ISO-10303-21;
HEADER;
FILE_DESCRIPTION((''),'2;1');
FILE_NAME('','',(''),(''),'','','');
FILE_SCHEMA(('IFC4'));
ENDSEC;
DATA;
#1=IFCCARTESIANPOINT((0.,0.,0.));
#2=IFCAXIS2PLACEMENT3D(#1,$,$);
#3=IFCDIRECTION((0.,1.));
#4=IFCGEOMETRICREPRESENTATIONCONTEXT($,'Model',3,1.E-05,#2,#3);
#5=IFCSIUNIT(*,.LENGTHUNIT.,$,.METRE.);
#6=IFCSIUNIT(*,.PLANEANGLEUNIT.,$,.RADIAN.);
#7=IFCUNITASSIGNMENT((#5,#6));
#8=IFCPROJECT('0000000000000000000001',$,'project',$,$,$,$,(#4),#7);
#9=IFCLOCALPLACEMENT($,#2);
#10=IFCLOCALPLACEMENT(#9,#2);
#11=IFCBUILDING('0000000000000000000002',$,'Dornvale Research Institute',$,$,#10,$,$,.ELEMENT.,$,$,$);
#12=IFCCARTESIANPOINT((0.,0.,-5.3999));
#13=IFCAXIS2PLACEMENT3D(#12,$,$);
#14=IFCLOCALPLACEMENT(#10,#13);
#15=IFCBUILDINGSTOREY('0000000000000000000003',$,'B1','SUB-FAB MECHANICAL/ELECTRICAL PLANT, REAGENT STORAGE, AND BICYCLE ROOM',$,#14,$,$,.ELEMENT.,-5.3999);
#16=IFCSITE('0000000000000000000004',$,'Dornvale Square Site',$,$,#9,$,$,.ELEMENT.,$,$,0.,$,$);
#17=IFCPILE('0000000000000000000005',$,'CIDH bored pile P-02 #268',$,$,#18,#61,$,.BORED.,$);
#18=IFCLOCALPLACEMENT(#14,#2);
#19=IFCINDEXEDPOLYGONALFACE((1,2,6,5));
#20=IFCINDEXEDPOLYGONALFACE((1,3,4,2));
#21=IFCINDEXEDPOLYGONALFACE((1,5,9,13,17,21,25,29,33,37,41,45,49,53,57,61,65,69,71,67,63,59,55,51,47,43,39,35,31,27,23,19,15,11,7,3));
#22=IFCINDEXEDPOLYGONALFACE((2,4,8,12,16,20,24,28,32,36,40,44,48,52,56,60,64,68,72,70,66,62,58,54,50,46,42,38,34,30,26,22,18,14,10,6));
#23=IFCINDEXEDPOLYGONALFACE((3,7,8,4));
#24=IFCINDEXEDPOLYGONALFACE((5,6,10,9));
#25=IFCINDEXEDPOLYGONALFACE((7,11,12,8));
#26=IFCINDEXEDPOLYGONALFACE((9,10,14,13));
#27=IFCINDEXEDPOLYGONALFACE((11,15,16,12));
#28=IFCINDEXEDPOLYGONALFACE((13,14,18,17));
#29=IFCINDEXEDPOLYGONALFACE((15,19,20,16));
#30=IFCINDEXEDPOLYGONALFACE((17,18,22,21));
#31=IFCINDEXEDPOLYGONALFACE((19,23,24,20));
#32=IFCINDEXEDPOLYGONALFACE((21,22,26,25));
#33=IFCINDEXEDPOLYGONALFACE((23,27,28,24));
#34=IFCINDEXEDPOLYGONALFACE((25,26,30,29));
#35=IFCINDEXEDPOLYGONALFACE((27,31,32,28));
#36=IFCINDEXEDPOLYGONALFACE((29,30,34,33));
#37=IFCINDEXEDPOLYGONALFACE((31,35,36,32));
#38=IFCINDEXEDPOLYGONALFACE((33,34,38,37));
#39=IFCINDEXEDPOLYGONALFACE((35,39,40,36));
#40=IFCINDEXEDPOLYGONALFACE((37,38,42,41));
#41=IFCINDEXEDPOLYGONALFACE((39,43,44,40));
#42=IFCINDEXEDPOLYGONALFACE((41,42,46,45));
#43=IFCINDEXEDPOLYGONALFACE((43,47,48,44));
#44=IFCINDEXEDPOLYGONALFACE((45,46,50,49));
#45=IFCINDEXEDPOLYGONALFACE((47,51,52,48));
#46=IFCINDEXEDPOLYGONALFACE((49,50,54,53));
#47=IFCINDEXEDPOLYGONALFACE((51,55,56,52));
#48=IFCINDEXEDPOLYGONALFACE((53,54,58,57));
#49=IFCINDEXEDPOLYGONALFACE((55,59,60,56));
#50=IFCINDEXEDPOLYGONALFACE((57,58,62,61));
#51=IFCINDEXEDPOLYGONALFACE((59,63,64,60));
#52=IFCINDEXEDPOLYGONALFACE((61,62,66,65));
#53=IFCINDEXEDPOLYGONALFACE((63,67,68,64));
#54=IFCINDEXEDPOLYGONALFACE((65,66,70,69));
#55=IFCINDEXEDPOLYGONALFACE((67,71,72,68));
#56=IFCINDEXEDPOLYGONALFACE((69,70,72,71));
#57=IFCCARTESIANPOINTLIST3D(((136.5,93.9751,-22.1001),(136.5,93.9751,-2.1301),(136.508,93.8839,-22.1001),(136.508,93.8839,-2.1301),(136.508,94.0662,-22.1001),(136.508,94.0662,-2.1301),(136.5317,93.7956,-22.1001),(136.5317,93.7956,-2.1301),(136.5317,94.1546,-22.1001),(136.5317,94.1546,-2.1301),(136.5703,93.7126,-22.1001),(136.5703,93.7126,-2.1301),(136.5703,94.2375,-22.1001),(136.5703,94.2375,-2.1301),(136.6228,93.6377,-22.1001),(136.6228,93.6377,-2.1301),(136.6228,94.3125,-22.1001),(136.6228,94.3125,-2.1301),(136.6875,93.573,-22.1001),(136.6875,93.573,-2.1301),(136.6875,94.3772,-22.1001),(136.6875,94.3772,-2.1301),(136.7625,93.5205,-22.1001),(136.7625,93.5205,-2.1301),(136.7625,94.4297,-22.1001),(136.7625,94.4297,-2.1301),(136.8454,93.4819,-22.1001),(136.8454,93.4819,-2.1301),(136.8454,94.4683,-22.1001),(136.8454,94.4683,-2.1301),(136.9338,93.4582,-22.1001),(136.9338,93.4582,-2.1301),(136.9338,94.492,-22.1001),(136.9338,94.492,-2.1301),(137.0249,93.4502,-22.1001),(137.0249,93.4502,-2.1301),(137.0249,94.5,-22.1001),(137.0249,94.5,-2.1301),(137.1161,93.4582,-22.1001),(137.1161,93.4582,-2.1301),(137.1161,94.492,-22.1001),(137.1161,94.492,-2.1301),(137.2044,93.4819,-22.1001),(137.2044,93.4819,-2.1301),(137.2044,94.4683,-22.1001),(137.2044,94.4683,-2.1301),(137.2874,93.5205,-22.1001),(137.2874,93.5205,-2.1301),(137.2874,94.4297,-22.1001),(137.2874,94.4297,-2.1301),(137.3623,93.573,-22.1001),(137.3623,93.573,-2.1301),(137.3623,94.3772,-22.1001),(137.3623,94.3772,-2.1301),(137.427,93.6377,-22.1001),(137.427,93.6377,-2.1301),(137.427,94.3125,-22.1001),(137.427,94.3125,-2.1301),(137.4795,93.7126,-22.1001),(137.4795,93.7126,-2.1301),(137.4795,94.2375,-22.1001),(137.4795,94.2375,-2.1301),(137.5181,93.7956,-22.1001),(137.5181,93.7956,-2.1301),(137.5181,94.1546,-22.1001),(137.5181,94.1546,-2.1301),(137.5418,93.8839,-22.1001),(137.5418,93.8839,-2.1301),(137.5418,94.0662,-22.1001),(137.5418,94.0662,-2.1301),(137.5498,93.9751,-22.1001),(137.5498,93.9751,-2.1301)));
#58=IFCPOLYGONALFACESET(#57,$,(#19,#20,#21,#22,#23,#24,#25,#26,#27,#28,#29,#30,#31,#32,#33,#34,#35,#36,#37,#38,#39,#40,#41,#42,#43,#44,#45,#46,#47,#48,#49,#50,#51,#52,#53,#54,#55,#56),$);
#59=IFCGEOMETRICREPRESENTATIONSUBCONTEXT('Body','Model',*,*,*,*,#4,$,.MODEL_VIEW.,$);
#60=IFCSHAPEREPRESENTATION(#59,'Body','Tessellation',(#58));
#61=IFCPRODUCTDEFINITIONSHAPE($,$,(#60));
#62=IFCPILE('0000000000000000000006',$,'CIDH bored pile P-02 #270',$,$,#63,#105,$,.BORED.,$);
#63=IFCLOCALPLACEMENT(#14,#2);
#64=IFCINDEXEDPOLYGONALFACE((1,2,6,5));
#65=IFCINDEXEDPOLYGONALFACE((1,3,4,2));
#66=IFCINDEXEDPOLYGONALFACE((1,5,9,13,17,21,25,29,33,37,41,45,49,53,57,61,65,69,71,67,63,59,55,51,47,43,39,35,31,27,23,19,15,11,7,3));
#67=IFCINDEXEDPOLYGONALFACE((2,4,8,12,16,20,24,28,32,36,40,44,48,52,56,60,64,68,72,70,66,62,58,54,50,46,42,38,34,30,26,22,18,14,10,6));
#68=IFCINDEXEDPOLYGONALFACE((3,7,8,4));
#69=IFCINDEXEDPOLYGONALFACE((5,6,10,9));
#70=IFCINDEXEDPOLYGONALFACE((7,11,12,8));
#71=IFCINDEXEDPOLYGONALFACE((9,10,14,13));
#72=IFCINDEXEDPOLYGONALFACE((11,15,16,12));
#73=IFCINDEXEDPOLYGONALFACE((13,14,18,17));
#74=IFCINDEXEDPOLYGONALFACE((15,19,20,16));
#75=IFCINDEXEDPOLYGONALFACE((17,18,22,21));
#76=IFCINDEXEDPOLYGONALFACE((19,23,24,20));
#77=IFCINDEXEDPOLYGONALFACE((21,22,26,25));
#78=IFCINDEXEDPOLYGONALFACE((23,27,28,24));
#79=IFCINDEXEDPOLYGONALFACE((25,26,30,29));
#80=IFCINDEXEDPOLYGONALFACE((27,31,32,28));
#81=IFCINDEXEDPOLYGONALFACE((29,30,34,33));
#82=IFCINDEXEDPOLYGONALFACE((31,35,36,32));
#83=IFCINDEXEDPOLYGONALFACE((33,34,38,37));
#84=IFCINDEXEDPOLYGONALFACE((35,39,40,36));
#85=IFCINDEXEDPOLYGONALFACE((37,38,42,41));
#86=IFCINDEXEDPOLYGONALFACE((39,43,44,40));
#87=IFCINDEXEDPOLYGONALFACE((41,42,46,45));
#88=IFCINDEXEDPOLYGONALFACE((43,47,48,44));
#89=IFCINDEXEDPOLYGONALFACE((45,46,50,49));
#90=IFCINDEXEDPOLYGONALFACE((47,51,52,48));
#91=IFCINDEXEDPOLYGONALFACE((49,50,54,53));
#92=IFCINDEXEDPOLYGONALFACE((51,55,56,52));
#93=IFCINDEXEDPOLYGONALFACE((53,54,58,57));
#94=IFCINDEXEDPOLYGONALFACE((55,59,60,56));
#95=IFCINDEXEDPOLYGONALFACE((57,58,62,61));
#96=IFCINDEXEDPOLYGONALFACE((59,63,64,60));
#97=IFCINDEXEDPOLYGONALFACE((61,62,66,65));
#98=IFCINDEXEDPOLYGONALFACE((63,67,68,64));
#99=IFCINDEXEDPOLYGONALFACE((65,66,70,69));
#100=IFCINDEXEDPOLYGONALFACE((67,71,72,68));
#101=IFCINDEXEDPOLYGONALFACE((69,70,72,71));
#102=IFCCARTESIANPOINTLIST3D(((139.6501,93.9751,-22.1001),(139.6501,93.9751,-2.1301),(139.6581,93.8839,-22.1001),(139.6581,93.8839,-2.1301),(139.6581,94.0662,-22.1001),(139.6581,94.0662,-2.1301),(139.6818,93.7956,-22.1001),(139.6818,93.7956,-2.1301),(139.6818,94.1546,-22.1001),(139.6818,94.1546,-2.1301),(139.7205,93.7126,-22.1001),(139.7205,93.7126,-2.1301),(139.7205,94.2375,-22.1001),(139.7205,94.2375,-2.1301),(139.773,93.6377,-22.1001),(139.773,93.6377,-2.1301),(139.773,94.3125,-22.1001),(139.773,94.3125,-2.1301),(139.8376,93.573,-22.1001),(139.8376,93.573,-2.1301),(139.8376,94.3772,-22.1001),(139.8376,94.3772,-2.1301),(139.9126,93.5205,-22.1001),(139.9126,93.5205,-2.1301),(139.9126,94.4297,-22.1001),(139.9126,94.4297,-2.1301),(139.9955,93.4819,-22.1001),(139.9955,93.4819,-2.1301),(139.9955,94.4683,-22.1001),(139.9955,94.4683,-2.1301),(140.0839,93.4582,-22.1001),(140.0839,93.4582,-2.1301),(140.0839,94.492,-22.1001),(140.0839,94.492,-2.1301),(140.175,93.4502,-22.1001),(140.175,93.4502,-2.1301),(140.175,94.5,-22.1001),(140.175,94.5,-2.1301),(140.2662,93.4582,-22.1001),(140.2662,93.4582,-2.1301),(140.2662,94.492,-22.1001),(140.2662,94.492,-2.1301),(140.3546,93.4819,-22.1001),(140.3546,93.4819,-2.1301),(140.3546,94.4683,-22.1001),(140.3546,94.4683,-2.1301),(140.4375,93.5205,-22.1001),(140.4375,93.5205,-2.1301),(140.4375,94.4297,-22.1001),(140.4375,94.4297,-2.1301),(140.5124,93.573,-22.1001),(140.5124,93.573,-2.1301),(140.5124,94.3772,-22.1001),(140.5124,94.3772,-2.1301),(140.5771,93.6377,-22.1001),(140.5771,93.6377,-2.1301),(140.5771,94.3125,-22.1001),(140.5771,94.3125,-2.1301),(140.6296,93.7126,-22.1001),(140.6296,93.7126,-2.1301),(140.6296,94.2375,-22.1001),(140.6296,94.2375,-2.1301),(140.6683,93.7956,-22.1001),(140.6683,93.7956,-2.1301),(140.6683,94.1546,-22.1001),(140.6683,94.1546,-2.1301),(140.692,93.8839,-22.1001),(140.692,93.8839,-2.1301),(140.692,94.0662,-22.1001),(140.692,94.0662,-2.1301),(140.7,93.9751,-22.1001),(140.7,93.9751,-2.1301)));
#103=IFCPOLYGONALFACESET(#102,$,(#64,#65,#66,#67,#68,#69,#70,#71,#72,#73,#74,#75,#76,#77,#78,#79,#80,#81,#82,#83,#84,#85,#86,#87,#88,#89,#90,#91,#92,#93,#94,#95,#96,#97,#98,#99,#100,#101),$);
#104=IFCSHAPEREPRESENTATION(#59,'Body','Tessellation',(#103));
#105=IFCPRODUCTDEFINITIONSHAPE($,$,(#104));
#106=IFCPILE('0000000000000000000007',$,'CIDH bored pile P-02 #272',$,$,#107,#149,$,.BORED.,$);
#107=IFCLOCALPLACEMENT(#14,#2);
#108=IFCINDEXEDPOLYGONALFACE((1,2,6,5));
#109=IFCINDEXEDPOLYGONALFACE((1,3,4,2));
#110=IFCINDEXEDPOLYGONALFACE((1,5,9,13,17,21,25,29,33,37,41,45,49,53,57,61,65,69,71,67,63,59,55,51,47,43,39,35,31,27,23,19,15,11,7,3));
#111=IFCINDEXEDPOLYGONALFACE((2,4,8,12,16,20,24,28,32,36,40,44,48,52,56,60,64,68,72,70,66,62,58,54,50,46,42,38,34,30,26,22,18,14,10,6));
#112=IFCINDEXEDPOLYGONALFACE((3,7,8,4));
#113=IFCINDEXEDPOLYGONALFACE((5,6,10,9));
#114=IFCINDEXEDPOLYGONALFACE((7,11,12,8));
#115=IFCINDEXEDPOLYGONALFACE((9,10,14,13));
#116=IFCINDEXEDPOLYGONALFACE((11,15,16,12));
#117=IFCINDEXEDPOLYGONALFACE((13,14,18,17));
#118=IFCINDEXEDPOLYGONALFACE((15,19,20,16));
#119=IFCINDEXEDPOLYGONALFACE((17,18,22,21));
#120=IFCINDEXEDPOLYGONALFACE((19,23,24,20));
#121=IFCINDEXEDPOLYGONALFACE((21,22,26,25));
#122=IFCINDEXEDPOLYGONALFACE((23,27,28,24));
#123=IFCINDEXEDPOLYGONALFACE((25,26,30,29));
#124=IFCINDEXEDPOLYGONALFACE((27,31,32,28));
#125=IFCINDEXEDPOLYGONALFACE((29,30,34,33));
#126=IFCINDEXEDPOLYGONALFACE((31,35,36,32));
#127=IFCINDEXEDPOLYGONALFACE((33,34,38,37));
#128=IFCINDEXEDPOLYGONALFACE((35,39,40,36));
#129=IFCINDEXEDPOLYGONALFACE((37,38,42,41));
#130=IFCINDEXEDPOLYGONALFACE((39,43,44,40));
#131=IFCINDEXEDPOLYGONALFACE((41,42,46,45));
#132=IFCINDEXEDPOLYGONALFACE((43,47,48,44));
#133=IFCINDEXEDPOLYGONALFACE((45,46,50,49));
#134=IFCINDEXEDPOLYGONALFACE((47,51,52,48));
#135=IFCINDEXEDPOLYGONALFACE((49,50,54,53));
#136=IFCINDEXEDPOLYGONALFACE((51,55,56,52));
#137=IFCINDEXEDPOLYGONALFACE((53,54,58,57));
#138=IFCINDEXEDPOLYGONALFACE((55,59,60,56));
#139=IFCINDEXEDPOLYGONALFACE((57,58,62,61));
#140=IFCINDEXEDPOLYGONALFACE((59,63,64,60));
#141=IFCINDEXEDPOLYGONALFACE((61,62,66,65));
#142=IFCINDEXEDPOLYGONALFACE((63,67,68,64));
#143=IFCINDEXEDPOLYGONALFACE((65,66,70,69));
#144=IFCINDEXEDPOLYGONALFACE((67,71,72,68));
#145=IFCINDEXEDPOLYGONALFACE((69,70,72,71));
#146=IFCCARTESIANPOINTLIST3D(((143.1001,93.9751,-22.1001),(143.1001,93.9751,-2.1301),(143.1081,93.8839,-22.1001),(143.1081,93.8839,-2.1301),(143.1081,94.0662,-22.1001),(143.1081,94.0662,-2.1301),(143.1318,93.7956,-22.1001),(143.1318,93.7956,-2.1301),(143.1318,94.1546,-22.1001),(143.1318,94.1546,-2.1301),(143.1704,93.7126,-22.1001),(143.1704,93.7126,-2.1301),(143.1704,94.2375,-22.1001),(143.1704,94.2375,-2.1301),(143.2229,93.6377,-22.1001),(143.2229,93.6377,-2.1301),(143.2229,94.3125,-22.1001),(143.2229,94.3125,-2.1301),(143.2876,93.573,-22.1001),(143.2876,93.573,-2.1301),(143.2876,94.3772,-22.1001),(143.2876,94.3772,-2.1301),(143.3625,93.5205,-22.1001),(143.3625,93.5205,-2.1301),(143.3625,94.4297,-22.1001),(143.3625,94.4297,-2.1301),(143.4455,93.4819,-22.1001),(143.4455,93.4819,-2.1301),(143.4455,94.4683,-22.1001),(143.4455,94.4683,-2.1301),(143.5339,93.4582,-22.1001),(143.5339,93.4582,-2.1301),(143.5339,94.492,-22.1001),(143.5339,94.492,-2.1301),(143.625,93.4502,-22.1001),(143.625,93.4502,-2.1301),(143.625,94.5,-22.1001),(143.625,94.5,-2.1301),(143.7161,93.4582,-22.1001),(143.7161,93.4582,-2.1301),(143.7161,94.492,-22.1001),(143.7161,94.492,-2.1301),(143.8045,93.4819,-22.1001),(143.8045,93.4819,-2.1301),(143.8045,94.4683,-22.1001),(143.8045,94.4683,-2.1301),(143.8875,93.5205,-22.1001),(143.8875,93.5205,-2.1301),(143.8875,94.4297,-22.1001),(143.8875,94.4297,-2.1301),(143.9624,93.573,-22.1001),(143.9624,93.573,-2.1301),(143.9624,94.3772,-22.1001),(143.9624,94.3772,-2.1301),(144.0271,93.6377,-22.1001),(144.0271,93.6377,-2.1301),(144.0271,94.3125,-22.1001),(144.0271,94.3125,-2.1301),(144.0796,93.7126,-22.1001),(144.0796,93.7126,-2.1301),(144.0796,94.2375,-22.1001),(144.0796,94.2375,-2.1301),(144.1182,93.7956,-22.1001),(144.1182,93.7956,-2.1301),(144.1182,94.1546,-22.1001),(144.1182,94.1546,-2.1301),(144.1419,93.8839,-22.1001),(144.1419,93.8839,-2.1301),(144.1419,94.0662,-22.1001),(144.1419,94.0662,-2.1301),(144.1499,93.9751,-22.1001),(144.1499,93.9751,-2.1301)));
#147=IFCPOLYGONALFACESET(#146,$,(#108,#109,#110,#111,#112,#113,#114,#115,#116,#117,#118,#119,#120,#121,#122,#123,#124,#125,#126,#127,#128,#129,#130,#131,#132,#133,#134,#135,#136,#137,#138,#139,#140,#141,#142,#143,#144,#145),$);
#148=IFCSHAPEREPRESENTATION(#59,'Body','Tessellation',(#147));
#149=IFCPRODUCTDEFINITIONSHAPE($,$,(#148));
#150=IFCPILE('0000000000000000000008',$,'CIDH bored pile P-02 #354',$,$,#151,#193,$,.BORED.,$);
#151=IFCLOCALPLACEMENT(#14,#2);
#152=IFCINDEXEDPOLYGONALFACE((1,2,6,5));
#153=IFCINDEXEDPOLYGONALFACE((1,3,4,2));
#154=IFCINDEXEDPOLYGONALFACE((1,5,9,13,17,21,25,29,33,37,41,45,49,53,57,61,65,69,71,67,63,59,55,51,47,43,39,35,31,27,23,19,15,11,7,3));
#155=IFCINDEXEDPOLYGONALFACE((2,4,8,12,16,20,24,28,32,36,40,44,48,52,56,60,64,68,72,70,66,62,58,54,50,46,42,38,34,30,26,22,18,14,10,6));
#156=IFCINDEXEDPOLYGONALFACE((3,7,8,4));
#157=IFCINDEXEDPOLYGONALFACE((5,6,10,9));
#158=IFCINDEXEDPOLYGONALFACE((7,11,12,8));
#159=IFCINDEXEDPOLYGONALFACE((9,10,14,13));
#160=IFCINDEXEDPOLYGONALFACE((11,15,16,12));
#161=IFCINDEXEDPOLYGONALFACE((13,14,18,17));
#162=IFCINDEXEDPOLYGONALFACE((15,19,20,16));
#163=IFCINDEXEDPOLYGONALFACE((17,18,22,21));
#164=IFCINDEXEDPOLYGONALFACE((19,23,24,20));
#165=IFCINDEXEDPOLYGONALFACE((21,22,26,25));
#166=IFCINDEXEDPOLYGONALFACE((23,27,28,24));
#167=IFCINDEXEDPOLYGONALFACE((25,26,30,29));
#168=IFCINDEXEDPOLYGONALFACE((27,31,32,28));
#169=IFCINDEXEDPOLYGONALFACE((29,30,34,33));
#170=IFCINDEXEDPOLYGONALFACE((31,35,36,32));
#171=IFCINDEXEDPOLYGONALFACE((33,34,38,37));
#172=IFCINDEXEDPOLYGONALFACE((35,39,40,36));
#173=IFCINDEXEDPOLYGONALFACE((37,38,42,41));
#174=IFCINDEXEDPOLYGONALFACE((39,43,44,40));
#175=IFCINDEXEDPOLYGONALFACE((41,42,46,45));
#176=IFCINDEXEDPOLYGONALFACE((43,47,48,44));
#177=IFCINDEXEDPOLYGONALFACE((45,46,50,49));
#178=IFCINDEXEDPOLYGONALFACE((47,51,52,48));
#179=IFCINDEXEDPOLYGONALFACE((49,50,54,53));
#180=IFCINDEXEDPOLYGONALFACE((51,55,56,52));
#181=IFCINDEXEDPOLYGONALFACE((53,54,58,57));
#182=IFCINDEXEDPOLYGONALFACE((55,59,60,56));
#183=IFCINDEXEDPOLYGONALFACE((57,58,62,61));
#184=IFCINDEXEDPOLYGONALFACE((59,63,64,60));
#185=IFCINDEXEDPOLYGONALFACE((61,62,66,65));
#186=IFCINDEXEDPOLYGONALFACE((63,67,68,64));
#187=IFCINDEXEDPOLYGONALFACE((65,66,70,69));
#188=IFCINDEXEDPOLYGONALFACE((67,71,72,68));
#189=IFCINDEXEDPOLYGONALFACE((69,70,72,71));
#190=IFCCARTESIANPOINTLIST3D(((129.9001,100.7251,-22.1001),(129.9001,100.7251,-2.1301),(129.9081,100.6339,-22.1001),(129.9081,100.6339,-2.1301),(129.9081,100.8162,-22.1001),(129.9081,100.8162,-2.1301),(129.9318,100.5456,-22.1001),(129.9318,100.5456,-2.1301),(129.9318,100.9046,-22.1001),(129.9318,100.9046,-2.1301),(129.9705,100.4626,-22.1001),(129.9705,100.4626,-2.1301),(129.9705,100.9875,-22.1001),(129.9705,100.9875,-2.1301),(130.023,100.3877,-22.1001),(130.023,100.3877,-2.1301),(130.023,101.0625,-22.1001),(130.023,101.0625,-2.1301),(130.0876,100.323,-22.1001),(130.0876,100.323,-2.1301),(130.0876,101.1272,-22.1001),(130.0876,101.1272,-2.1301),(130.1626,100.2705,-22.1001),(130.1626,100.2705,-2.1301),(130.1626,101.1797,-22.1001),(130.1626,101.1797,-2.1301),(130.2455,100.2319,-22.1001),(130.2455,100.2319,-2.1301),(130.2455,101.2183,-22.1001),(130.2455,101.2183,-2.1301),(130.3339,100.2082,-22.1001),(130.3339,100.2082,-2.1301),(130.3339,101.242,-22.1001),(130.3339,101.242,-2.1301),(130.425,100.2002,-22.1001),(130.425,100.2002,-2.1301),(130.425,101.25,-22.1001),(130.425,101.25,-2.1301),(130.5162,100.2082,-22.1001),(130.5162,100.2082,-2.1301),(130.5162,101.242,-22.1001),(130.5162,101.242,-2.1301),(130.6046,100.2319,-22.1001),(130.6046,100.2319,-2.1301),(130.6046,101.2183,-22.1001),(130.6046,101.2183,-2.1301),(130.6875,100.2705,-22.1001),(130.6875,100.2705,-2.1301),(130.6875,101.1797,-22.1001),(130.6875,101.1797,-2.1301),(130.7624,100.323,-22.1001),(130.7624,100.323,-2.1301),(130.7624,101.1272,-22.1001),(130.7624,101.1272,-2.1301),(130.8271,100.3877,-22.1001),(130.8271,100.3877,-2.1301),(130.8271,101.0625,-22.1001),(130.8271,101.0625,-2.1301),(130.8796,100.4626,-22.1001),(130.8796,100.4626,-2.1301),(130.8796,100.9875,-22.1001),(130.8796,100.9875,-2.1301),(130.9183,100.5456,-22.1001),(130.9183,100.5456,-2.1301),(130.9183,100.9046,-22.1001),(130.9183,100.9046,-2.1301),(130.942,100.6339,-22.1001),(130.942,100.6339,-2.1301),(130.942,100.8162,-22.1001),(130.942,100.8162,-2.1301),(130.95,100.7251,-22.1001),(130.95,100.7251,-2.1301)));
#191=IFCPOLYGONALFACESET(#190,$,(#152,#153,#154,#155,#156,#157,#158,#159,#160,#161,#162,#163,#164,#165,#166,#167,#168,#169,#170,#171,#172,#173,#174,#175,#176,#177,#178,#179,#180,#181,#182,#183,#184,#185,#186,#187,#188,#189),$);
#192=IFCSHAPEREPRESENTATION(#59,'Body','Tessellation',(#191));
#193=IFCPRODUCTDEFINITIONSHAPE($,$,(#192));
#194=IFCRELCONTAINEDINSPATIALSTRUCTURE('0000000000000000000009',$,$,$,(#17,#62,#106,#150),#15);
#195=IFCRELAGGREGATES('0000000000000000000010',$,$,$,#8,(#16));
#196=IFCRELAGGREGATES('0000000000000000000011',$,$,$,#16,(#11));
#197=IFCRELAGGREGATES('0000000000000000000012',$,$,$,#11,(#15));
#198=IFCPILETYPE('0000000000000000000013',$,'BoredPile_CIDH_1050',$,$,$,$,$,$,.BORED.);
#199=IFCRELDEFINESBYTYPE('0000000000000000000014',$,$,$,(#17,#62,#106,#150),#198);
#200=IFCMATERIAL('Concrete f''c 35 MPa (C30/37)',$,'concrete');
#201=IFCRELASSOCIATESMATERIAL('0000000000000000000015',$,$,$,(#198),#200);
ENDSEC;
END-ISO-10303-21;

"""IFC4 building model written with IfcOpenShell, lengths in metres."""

from ifc_helpers import new_model, si_unit, direction, frame, origin, origin_2d, place, context, subcontext, project, spatial, circle, extrude, material, material_profile, profile_set, type_object, element, save


model = new_model("IFC4")

# Units and contexts
model_context = context("Model", 3, precision=1e-05, world=origin(), true_north=direction((0.0, 1.0)))
body_context = subcontext(model_context, "Body", "Model", "MODEL_VIEW")
ifc_project = project(units=[si_unit("LENGTHUNIT", "METRE"), si_unit("PLANEANGLEUNIT", "RADIAN")], contexts=[model_context])

# Site, building, storey
site_placement = place(None, origin())
site = spatial("IfcSite", under=ifc_project, at=site_placement, Name="Dornvale Square Site", CompositionType="ELEMENT", RefElevation=0.0)
building_placement = place(site_placement, origin())
building = spatial("IfcBuilding", under=site, at=building_placement, Name="Dornvale Research Institute", CompositionType="ELEMENT")
storey_placement = place(building_placement, frame((0.0, 0.0, -5.3999)))
storey = spatial("IfcBuildingStorey", under=building, at=storey_placement, Name="B1", Description="SUB-FAB MECHANICAL/ELECTRICAL PLANT, REAGENT STORAGE, AND BICYCLE ROOM", CompositionType="ELEMENT", Elevation=-5.3999)

# Piles
ifc_material_1 = material(Name="Concrete f'c 35 MPa (C30/37)", Category="concrete")
ifc_material_profile_1 = material_profile(ifc_material_1, circle(Radius=0.5249, at=origin_2d()), Name="CIDH PILE D1050")
ifc_profile_set_1 = profile_set([ifc_material_profile_1], Name="Concrete f'c 35 MPa (C30/37)")
pile_type = type_object("IfcPileType", Name="BoredPile_CIDH_1050", PredefinedType="BORED", material=ifc_profile_set_1)
for number, where, z_axis, x_axis, name in (
    (1, (137.0249, 93.9751, -2.1301), (0.0, 0.0, -1.0), (1.0, 0.0, 0.0), "CIDH bored pile P-02 #268"),
    (2, (140.175, 93.9751, -2.1301), (0.0, 0.0, -1.0), (1.0, 0.0, 0.0), "CIDH bored pile P-02 #270"),
    (3, (143.625, 93.9751, -2.1301), (0.0, 0.0, -1.0), (1.0, 0.0, 0.0), "CIDH bored pile P-02 #272"),
    (4, (130.425, 100.7251, -2.1301), (0.0, 0.0, -1.0), (1.0, 0.0, 0.0), "CIDH bored pile P-02 #354"),
):
    element("IfcPile", number, at=place(storey_placement, frame(where, z_axis=z_axis, x_axis=x_axis)), inside=storey, type_object=pile_type, Name=name, PredefinedType="BORED", context=body_context, shape_type="SweptSolid", body=[
        extrude(circle(Radius=0.5249, at=origin_2d()), origin(), (0.0, 0.0, 1.0), 19.97),
    ])

save(model, "model.ifc")
